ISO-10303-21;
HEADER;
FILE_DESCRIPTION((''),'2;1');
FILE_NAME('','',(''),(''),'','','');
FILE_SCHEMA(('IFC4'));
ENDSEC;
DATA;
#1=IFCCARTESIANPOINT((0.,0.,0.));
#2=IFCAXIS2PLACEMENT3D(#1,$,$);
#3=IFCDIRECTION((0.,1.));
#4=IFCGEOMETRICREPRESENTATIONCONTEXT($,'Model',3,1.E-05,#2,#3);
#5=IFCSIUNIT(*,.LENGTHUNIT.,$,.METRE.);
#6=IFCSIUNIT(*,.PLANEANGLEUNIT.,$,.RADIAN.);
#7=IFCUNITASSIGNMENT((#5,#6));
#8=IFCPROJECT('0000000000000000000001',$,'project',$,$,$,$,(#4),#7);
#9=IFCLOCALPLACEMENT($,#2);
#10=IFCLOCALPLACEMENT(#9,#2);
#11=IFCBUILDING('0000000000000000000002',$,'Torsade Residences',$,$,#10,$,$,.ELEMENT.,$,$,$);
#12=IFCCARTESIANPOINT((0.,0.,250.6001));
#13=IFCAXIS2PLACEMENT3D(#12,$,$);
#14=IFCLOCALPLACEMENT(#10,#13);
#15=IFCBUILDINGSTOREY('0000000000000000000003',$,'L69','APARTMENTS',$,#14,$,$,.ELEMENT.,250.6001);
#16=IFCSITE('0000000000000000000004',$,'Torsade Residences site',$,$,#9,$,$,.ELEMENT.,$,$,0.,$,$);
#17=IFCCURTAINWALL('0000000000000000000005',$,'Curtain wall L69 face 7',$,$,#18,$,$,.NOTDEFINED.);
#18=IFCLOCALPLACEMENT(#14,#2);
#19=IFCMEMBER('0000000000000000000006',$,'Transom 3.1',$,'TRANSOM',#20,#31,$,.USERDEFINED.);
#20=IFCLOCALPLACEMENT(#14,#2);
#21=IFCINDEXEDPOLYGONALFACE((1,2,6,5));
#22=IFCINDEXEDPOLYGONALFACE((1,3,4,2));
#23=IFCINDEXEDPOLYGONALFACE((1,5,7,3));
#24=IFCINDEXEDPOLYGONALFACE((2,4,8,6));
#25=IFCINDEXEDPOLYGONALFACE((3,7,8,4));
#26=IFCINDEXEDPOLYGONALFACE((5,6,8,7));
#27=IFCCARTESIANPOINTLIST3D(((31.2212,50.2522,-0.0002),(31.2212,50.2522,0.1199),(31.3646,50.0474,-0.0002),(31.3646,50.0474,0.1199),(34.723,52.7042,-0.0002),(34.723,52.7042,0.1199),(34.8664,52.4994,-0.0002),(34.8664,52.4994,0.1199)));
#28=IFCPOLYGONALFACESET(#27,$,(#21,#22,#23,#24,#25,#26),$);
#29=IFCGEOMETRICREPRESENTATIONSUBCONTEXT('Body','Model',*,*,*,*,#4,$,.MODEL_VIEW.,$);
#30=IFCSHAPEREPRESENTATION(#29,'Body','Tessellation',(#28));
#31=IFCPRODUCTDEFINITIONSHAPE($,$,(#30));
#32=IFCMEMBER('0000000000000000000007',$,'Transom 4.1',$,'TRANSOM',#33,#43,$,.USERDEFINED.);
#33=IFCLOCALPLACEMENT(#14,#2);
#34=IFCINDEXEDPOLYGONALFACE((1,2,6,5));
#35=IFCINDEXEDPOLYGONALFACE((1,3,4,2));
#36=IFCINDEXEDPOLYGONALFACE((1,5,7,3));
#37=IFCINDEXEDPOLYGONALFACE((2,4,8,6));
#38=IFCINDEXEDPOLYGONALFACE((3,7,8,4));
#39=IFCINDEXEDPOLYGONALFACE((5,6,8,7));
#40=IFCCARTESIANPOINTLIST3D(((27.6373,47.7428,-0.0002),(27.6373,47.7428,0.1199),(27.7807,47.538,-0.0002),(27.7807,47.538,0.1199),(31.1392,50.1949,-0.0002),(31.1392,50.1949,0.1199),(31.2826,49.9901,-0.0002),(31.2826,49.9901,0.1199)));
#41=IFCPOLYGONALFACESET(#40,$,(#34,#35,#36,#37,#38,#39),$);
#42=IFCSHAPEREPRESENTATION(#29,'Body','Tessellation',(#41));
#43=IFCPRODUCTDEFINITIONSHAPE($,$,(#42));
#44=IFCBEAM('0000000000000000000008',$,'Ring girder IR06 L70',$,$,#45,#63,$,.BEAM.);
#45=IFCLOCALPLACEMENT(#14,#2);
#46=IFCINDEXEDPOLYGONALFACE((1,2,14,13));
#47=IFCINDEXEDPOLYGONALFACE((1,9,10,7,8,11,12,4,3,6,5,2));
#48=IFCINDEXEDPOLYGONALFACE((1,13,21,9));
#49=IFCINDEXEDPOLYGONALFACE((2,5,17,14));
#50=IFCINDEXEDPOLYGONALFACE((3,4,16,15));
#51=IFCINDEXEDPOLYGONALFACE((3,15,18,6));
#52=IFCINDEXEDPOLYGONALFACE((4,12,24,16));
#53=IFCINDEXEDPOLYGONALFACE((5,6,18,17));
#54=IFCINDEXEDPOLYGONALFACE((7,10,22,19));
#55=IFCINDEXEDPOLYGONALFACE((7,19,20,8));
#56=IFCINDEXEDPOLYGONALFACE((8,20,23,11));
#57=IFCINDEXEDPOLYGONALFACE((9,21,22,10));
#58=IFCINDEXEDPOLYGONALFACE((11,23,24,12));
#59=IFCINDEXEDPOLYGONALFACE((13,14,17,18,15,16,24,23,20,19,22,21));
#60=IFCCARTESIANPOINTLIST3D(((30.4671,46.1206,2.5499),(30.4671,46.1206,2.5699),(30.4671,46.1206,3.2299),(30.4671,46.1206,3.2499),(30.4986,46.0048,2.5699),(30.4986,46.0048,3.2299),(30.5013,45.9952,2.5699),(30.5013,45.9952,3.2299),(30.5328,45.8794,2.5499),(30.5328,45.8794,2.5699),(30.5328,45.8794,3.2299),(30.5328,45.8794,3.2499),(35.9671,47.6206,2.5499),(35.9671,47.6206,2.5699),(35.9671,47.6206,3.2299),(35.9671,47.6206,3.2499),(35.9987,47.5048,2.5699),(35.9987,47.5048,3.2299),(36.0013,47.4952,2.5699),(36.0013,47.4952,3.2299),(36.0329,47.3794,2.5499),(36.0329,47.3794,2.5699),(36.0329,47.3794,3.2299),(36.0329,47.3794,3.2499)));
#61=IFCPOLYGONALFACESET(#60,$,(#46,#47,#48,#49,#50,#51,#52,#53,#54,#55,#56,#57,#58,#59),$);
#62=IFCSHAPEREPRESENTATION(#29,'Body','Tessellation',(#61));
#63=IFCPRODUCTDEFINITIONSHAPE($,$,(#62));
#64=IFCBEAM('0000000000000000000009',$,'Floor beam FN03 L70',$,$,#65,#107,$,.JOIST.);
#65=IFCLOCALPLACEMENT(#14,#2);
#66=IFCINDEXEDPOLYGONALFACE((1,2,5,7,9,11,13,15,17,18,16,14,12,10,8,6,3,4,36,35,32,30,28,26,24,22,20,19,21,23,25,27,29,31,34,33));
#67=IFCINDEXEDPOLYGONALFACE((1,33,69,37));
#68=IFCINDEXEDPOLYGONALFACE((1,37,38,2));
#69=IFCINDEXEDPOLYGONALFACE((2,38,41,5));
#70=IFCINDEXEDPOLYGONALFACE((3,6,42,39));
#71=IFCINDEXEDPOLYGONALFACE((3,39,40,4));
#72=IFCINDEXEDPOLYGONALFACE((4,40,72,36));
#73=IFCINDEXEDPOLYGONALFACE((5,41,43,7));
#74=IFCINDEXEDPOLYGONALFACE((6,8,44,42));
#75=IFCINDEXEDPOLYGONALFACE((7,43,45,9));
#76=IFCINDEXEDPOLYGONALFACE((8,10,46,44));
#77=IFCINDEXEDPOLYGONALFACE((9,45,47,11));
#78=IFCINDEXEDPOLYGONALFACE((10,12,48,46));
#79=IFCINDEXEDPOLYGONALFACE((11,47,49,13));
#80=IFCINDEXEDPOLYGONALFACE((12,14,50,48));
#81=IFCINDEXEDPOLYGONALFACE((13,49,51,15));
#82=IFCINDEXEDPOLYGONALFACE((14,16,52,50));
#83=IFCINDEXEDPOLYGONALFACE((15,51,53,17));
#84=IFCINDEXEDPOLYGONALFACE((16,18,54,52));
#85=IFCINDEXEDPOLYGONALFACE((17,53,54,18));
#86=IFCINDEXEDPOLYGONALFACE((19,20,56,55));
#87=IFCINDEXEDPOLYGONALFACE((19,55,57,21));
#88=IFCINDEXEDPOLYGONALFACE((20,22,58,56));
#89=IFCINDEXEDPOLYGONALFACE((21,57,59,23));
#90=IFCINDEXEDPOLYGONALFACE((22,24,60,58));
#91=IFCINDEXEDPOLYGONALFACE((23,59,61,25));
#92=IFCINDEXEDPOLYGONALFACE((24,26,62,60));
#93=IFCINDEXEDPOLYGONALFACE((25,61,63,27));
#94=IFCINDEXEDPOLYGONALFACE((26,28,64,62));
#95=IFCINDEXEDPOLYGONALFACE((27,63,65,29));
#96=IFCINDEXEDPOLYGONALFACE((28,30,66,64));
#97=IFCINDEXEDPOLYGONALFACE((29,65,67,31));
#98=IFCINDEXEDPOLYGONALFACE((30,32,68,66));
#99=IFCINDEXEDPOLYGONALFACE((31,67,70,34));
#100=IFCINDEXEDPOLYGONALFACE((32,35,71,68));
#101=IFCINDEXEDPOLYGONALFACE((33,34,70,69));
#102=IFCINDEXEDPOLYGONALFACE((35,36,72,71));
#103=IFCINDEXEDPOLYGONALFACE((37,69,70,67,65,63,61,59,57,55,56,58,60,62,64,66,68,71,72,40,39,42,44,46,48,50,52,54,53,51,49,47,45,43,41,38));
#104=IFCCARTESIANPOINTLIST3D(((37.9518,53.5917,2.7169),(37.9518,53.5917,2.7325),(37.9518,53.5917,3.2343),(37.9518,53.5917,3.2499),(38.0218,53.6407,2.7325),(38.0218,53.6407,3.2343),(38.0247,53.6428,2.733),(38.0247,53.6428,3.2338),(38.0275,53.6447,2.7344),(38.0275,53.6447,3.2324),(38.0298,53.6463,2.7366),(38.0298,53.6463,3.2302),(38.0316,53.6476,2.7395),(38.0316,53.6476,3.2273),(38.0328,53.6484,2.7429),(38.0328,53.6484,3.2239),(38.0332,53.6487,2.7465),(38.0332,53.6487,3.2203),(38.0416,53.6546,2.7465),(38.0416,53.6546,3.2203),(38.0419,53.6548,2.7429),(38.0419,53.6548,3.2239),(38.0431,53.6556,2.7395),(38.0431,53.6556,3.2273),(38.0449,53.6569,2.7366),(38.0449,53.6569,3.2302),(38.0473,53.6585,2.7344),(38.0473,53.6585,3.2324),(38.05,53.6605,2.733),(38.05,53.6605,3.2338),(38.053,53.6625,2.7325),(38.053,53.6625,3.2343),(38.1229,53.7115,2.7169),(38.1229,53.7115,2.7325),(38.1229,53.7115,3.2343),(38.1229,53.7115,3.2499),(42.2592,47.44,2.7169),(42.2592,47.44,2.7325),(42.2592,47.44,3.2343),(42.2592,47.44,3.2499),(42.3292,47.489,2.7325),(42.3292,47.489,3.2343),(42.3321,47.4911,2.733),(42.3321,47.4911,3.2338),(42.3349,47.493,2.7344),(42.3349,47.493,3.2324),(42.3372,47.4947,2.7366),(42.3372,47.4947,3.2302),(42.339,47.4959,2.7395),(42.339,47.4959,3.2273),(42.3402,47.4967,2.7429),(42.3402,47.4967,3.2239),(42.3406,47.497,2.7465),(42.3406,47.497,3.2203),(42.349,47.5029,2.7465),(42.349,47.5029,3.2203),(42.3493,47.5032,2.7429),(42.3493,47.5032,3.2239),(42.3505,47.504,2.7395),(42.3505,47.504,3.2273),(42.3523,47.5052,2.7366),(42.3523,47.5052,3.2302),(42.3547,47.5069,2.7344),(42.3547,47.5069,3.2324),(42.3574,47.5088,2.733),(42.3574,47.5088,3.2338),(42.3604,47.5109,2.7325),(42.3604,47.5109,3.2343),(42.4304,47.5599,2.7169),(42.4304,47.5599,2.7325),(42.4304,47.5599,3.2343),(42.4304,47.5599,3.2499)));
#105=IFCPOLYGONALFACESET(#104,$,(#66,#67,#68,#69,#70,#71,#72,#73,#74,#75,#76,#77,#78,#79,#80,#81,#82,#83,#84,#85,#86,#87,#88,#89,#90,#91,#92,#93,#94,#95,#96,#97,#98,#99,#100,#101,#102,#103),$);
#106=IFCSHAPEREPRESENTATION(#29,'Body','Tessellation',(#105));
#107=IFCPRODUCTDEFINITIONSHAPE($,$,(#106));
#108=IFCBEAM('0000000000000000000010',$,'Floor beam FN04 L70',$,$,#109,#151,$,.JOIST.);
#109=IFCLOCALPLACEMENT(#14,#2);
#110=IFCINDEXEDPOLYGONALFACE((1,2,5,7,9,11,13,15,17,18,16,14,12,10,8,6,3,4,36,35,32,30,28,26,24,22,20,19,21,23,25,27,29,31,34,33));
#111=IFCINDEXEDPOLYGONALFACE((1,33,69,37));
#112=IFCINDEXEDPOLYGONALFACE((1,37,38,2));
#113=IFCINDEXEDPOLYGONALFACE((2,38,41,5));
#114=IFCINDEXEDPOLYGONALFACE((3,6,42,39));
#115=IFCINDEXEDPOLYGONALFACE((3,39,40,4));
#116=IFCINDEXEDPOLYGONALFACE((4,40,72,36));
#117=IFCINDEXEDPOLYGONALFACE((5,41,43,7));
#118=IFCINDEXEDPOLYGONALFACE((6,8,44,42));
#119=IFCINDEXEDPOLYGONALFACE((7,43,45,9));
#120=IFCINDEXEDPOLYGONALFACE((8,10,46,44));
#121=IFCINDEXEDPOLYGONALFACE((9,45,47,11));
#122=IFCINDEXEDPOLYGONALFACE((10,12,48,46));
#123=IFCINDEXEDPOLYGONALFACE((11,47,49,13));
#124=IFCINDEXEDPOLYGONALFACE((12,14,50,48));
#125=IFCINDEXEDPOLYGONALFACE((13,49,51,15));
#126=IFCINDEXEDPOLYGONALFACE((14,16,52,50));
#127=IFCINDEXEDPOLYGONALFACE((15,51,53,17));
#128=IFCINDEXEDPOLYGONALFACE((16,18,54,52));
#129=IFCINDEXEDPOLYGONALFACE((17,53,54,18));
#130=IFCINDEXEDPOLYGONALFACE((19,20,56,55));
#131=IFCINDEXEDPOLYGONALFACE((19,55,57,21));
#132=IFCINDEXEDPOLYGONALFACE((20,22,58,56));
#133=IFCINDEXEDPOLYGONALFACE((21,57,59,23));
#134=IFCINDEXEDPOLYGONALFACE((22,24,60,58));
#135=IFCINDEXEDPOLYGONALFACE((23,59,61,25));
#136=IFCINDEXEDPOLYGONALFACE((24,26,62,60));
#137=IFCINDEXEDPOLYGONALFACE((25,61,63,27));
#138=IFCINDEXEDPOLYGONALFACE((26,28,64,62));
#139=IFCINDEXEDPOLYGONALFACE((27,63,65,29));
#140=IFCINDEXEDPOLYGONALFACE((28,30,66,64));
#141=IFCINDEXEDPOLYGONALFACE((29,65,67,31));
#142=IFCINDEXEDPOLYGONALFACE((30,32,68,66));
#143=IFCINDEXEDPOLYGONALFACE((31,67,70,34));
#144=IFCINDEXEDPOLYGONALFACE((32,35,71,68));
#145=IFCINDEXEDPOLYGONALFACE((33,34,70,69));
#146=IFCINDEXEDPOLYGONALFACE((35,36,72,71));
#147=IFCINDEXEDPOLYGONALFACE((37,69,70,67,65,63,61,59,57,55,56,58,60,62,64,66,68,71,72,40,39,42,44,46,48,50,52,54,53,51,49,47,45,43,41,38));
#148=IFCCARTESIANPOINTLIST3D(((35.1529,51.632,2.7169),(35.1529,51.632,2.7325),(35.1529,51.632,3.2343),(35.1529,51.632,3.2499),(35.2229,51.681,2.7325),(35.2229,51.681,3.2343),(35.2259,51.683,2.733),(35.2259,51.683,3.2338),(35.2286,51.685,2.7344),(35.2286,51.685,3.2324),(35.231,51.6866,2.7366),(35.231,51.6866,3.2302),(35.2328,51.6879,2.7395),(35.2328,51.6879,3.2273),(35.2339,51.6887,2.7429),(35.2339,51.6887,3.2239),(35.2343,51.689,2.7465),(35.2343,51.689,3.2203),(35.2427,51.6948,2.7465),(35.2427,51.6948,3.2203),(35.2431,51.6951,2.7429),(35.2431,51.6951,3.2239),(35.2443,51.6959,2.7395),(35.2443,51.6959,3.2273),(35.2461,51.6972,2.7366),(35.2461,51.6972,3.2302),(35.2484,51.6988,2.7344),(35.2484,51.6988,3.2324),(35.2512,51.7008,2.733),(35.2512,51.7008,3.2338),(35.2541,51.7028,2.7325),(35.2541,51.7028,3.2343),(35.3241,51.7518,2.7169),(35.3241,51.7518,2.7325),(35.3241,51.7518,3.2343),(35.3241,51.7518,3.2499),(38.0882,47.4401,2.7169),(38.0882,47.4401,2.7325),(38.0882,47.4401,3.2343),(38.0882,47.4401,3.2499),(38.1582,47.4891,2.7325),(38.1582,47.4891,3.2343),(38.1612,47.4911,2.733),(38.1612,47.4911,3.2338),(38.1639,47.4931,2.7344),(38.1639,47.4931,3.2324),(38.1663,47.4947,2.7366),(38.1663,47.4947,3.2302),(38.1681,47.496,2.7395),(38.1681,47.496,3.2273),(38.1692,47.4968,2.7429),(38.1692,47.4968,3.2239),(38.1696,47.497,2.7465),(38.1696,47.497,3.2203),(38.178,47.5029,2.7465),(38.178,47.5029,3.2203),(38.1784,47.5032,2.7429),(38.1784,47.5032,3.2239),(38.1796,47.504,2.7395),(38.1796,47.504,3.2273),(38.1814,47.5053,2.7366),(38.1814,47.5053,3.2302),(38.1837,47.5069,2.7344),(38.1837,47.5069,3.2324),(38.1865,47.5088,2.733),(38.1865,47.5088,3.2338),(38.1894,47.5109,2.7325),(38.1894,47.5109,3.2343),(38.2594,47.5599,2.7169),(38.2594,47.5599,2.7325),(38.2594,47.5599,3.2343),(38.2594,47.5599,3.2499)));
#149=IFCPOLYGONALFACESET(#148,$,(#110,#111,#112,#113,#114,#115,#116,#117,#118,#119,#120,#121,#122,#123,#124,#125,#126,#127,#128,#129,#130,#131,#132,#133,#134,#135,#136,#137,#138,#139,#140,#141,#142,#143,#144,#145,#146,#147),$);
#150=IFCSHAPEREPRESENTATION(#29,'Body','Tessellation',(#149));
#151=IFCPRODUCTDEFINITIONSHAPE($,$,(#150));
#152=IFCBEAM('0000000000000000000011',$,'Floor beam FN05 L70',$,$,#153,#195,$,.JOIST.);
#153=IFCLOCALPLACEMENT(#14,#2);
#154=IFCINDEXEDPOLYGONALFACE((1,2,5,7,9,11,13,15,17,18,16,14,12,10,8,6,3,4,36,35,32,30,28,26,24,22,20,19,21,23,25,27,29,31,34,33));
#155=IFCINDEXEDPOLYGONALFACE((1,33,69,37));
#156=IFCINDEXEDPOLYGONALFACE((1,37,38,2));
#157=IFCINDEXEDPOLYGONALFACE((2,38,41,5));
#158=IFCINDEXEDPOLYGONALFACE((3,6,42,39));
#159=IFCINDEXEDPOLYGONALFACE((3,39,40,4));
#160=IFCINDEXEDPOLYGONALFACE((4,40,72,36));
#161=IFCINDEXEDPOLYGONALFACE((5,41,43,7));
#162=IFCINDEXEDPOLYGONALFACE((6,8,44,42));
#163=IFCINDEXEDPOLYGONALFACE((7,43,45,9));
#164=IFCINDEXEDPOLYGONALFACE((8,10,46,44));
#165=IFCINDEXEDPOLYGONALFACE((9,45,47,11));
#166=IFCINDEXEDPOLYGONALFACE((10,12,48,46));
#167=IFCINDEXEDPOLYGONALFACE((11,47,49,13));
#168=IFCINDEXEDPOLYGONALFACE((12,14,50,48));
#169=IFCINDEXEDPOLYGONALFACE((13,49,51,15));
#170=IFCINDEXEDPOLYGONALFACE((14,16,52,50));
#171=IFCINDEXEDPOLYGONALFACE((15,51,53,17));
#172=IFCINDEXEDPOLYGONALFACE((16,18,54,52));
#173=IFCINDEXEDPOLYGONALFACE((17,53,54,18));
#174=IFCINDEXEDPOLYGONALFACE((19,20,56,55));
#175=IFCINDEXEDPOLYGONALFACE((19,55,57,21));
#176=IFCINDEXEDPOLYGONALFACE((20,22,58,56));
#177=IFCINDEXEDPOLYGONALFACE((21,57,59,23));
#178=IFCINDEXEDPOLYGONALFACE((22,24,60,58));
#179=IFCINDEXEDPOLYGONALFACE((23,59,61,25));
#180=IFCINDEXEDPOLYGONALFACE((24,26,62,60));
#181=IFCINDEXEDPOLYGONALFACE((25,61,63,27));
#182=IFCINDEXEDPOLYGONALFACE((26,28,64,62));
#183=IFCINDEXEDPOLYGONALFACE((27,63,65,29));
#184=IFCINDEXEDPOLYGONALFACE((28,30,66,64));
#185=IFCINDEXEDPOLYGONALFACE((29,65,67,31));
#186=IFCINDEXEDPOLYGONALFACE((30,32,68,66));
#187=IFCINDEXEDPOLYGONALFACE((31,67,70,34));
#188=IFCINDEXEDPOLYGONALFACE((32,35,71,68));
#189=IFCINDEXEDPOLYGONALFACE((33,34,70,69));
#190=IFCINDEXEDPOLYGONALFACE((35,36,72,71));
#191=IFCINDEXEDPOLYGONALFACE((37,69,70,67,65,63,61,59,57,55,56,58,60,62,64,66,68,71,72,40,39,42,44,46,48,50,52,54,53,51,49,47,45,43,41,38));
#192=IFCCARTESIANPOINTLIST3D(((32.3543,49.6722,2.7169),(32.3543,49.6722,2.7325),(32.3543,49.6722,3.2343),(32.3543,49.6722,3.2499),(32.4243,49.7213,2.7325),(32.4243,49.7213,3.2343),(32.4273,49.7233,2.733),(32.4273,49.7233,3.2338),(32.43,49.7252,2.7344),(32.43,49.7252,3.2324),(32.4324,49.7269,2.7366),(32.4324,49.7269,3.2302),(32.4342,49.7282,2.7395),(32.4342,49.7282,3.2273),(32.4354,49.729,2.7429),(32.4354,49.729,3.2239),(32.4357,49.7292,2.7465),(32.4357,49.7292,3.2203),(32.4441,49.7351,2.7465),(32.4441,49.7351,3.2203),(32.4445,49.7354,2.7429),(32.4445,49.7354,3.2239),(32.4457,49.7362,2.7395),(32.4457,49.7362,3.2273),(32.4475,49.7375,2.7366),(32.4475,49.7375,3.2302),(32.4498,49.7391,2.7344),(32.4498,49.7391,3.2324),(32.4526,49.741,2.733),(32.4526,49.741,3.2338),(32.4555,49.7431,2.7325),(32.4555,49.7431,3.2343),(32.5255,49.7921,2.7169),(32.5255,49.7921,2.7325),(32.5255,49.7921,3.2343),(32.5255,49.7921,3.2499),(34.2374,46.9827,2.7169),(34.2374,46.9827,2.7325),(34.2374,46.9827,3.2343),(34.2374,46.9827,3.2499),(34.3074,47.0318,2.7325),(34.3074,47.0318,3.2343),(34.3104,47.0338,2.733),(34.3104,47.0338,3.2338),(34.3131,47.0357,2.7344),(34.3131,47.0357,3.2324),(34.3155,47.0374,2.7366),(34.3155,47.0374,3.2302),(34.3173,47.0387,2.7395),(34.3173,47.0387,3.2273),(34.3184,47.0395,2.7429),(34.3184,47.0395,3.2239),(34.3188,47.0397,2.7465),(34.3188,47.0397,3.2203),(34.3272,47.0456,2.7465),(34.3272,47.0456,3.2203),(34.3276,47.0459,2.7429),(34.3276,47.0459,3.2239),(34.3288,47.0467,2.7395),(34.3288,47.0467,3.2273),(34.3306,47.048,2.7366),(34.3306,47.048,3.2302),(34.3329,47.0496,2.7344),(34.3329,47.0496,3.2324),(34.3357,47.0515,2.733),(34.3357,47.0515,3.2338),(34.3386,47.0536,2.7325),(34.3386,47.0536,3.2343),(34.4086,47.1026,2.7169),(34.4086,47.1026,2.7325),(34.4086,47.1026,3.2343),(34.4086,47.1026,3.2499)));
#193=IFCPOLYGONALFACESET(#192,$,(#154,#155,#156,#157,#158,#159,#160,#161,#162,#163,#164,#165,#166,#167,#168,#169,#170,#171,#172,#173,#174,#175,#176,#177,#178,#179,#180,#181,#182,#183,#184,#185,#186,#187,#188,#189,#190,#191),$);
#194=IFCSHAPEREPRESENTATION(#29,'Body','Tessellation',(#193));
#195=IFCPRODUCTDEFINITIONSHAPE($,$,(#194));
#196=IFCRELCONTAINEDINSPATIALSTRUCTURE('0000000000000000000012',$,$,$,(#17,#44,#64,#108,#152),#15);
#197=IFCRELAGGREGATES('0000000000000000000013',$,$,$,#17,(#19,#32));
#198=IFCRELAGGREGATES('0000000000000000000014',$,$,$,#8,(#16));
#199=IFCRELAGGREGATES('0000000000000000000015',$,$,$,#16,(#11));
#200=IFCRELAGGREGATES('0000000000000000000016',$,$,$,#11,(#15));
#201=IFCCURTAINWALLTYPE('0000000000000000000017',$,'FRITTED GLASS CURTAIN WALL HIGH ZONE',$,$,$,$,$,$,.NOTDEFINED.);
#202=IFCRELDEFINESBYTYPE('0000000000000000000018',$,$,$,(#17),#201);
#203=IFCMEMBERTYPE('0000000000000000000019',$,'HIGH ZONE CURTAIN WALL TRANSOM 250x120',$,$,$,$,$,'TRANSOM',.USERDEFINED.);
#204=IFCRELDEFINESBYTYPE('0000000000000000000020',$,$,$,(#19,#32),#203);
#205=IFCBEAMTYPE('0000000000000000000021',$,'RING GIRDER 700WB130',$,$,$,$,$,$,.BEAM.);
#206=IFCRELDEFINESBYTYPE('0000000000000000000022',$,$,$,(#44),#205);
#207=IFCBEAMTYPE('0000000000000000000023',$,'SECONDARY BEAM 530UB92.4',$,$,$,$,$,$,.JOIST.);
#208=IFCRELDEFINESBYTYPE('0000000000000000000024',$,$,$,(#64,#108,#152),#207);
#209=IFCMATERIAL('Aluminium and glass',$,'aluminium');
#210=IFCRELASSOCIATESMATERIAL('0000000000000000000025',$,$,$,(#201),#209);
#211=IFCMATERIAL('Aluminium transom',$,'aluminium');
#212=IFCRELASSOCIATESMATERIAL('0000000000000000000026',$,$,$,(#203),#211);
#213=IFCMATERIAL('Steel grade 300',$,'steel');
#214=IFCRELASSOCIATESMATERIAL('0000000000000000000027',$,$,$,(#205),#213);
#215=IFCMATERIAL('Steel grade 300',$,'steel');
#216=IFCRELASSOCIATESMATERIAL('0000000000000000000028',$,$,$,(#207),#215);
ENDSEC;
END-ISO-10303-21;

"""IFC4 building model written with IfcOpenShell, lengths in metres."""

from ifc_helpers import new_model, si_unit, direction, frame, origin, origin_2d, place, context, subcontext, project, spatial, rectangle, i_section, extrude, material, material_profile, profile_set, type_object, element, aggregate, save


model = new_model("IFC4")

# Units and contexts
model_context = context("Model", 3, precision=1e-05, world=origin(), true_north=direction((0.0, 1.0)))
body_context = subcontext(model_context, "Body", "Model", "MODEL_VIEW")
ifc_project = project(units=[si_unit("LENGTHUNIT", "METRE"), si_unit("PLANEANGLEUNIT", "RADIAN")], contexts=[model_context])

# Site, building, storey
site_placement = place(None, origin())
site = spatial("IfcSite", under=ifc_project, at=site_placement, Name="Torsade Residences site", CompositionType="ELEMENT", RefElevation=0.0)
building_placement = place(site_placement, origin())
building = spatial("IfcBuilding", under=site, at=building_placement, Name="Torsade Residences", CompositionType="ELEMENT")
storey_placement = place(building_placement, frame((0.0, 0.0, 250.6001)))
storey = spatial("IfcBuildingStorey", under=building, at=storey_placement, Name="L69", Description="APARTMENTS", CompositionType="ELEMENT", Elevation=250.6001)

# Curtain wall, members
ifc_material_1 = material(Name="Aluminium and glass", Category="aluminium")
curtain_wall_type = type_object("IfcCurtainWallType", Name="FRITTED GLASS CURTAIN WALL HIGH ZONE", PredefinedType="NOTDEFINED", material=ifc_material_1)
curtain_wall_placement = place(storey_placement, origin())
curtain_wall = element("IfcCurtainWall", 1, at=curtain_wall_placement, inside=storey, type_object=curtain_wall_type, Name="Curtain wall L69 face 7", PredefinedType="NOTDEFINED")
ifc_material_2 = material(Name="Aluminium transom", Category="aluminium")
ifc_material_profile_1 = material_profile(ifc_material_2, rectangle(XDim=0.25, YDim=0.1201, at=origin_2d()), Name="HIGH ZONE CURTAIN WALL TRANSOM 250x120")
ifc_profile_set_1 = profile_set([ifc_material_profile_1], Name="Aluminium transom")
member_type_1 = type_object("IfcMemberType", Name="HIGH ZONE CURTAIN WALL TRANSOM 250x120", ElementType="TRANSOM", PredefinedType="USERDEFINED", material=ifc_profile_set_1)
member_1_placement = place(storey_placement, frame((34.7947, 52.6018, 0.0598), z_axis=(-0.819154, -0.573573, 0.0), x_axis=(0.573573, -0.819154, 0.0)))
member_1 = element("IfcMember", 2, at=member_1_placement, type_object=member_type_1, Name="Transom 3.1", ObjectType="TRANSOM", PredefinedType="USERDEFINED", context=body_context, shape_type="SweptSolid", body=[
    extrude(rectangle(XDim=0.25, YDim=0.1201, at=origin_2d()), origin(), (0.0, 0.0, 1.0), 4.2749),
])
member_2_placement = place(storey_placement, frame((31.2109, 50.0925, 0.0598), z_axis=(-0.819146, -0.573585, 0.0), x_axis=(0.573585, -0.819146, 0.0)))
member_2 = element("IfcMember", 3, at=member_2_placement, type_object=member_type_1, Name="Transom 4.1", ObjectType="TRANSOM", PredefinedType="USERDEFINED", context=body_context, shape_type="SweptSolid", body=[
    extrude(rectangle(XDim=0.25, YDim=0.1201, at=origin_2d()), origin(), (0.0, 0.0, 1.0), 4.2751),
])

# Beams
ifc_material_3 = material(Name="Steel grade 300", Category="steel")
ifc_material_profile_2 = material_profile(ifc_material_3, i_section(OverallWidth=0.25, OverallDepth=0.7, WebThickness=0.01, FlangeThickness=0.02, at=origin_2d()), Name="700WB130")
ifc_profile_set_2 = profile_set([ifc_material_profile_2], Name="Steel grade 300")
beam_type_1 = type_object("IfcBeamType", Name="RING GIRDER 700WB130", PredefinedType="BEAM", material=ifc_profile_set_2)
beam_1_placement = place(storey_placement, frame((36.0, 47.5, 2.8999), z_axis=(-0.964764, -0.263117, 0.0), x_axis=(0.263117, -0.964764, 0.0)))
element("IfcBeam", 4, at=beam_1_placement, inside=storey, type_object=beam_type_1, Name="Ring girder IR06 L70", PredefinedType="BEAM", context=body_context, shape_type="SweptSolid", body=[
    extrude(i_section(OverallWidth=0.25, OverallDepth=0.7, WebThickness=0.01, FlangeThickness=0.02, at=origin_2d()), origin(), (0.0, 0.0, 1.0), 5.7009),
])
ifc_material_4 = material(Name="Steel grade 300", Category="steel")
ifc_material_profile_3 = material_profile(ifc_material_4, i_section(OverallWidth=0.209, OverallDepth=0.533, WebThickness=0.0103, FlangeThickness=0.0156, FilletRadius=0.0139, at=origin_2d()), Name="530UB92.4")
ifc_profile_set_3 = profile_set([ifc_material_profile_3], Name="Steel grade 300")
beam_type_2 = type_object("IfcBeamType", Name="SECONDARY BEAM 530UB92.4", PredefinedType="JOIST", material=ifc_profile_set_3)
beam_2_placement = place(storey_placement, frame((38.0374, 53.6516, 2.9834), z_axis=(0.573574, -0.819154, 0.0), x_axis=(0.819154, 0.573574, 0.0)))
element("IfcBeam", 5, at=beam_2_placement, inside=storey, type_object=beam_type_2, Name="Floor beam FN03 L70", PredefinedType="JOIST", context=body_context, shape_type="SweptSolid", body=[
    extrude(i_section(OverallWidth=0.209, OverallDepth=0.533, WebThickness=0.0103, FlangeThickness=0.0156, FilletRadius=0.0139, at=origin_2d()), origin(), (0.0, 0.0, 1.0), 7.5098),
])
beam_3_placement = place(storey_placement, frame((35.2385, 51.6919, 2.9834), z_axis=(0.57359, -0.819142, 0.0), x_axis=(0.819142, 0.57359, 0.0)))
element("IfcBeam", 6, at=beam_3_placement, inside=storey, type_object=beam_type_2, Name="Floor beam FN04 L70", PredefinedType="JOIST", context=body_context, shape_type="SweptSolid", body=[
    extrude(i_section(OverallWidth=0.209, OverallDepth=0.533, WebThickness=0.0103, FlangeThickness=0.0156, FilletRadius=0.0139, at=origin_2d()), origin(), (0.0, 0.0, 1.0), 5.1174),
])
beam_4_placement = place(storey_placement, frame((32.4399, 49.7322, 2.9834), z_axis=(0.573552, -0.819169, 0.0), x_axis=(0.819169, 0.573552, 0.0)))
element("IfcBeam", 7, at=beam_4_placement, inside=storey, type_object=beam_type_2, Name="Floor beam FN05 L70", PredefinedType="JOIST", context=body_context, shape_type="SweptSolid", body=[
    extrude(i_section(OverallWidth=0.209, OverallDepth=0.533, WebThickness=0.0103, FlangeThickness=0.0156, FilletRadius=0.0139, at=origin_2d()), origin(), (0.0, 0.0, 1.0), 3.2832),
])

aggregate(curtain_wall, [member_1, member_2])

save(model, "model.ifc")
